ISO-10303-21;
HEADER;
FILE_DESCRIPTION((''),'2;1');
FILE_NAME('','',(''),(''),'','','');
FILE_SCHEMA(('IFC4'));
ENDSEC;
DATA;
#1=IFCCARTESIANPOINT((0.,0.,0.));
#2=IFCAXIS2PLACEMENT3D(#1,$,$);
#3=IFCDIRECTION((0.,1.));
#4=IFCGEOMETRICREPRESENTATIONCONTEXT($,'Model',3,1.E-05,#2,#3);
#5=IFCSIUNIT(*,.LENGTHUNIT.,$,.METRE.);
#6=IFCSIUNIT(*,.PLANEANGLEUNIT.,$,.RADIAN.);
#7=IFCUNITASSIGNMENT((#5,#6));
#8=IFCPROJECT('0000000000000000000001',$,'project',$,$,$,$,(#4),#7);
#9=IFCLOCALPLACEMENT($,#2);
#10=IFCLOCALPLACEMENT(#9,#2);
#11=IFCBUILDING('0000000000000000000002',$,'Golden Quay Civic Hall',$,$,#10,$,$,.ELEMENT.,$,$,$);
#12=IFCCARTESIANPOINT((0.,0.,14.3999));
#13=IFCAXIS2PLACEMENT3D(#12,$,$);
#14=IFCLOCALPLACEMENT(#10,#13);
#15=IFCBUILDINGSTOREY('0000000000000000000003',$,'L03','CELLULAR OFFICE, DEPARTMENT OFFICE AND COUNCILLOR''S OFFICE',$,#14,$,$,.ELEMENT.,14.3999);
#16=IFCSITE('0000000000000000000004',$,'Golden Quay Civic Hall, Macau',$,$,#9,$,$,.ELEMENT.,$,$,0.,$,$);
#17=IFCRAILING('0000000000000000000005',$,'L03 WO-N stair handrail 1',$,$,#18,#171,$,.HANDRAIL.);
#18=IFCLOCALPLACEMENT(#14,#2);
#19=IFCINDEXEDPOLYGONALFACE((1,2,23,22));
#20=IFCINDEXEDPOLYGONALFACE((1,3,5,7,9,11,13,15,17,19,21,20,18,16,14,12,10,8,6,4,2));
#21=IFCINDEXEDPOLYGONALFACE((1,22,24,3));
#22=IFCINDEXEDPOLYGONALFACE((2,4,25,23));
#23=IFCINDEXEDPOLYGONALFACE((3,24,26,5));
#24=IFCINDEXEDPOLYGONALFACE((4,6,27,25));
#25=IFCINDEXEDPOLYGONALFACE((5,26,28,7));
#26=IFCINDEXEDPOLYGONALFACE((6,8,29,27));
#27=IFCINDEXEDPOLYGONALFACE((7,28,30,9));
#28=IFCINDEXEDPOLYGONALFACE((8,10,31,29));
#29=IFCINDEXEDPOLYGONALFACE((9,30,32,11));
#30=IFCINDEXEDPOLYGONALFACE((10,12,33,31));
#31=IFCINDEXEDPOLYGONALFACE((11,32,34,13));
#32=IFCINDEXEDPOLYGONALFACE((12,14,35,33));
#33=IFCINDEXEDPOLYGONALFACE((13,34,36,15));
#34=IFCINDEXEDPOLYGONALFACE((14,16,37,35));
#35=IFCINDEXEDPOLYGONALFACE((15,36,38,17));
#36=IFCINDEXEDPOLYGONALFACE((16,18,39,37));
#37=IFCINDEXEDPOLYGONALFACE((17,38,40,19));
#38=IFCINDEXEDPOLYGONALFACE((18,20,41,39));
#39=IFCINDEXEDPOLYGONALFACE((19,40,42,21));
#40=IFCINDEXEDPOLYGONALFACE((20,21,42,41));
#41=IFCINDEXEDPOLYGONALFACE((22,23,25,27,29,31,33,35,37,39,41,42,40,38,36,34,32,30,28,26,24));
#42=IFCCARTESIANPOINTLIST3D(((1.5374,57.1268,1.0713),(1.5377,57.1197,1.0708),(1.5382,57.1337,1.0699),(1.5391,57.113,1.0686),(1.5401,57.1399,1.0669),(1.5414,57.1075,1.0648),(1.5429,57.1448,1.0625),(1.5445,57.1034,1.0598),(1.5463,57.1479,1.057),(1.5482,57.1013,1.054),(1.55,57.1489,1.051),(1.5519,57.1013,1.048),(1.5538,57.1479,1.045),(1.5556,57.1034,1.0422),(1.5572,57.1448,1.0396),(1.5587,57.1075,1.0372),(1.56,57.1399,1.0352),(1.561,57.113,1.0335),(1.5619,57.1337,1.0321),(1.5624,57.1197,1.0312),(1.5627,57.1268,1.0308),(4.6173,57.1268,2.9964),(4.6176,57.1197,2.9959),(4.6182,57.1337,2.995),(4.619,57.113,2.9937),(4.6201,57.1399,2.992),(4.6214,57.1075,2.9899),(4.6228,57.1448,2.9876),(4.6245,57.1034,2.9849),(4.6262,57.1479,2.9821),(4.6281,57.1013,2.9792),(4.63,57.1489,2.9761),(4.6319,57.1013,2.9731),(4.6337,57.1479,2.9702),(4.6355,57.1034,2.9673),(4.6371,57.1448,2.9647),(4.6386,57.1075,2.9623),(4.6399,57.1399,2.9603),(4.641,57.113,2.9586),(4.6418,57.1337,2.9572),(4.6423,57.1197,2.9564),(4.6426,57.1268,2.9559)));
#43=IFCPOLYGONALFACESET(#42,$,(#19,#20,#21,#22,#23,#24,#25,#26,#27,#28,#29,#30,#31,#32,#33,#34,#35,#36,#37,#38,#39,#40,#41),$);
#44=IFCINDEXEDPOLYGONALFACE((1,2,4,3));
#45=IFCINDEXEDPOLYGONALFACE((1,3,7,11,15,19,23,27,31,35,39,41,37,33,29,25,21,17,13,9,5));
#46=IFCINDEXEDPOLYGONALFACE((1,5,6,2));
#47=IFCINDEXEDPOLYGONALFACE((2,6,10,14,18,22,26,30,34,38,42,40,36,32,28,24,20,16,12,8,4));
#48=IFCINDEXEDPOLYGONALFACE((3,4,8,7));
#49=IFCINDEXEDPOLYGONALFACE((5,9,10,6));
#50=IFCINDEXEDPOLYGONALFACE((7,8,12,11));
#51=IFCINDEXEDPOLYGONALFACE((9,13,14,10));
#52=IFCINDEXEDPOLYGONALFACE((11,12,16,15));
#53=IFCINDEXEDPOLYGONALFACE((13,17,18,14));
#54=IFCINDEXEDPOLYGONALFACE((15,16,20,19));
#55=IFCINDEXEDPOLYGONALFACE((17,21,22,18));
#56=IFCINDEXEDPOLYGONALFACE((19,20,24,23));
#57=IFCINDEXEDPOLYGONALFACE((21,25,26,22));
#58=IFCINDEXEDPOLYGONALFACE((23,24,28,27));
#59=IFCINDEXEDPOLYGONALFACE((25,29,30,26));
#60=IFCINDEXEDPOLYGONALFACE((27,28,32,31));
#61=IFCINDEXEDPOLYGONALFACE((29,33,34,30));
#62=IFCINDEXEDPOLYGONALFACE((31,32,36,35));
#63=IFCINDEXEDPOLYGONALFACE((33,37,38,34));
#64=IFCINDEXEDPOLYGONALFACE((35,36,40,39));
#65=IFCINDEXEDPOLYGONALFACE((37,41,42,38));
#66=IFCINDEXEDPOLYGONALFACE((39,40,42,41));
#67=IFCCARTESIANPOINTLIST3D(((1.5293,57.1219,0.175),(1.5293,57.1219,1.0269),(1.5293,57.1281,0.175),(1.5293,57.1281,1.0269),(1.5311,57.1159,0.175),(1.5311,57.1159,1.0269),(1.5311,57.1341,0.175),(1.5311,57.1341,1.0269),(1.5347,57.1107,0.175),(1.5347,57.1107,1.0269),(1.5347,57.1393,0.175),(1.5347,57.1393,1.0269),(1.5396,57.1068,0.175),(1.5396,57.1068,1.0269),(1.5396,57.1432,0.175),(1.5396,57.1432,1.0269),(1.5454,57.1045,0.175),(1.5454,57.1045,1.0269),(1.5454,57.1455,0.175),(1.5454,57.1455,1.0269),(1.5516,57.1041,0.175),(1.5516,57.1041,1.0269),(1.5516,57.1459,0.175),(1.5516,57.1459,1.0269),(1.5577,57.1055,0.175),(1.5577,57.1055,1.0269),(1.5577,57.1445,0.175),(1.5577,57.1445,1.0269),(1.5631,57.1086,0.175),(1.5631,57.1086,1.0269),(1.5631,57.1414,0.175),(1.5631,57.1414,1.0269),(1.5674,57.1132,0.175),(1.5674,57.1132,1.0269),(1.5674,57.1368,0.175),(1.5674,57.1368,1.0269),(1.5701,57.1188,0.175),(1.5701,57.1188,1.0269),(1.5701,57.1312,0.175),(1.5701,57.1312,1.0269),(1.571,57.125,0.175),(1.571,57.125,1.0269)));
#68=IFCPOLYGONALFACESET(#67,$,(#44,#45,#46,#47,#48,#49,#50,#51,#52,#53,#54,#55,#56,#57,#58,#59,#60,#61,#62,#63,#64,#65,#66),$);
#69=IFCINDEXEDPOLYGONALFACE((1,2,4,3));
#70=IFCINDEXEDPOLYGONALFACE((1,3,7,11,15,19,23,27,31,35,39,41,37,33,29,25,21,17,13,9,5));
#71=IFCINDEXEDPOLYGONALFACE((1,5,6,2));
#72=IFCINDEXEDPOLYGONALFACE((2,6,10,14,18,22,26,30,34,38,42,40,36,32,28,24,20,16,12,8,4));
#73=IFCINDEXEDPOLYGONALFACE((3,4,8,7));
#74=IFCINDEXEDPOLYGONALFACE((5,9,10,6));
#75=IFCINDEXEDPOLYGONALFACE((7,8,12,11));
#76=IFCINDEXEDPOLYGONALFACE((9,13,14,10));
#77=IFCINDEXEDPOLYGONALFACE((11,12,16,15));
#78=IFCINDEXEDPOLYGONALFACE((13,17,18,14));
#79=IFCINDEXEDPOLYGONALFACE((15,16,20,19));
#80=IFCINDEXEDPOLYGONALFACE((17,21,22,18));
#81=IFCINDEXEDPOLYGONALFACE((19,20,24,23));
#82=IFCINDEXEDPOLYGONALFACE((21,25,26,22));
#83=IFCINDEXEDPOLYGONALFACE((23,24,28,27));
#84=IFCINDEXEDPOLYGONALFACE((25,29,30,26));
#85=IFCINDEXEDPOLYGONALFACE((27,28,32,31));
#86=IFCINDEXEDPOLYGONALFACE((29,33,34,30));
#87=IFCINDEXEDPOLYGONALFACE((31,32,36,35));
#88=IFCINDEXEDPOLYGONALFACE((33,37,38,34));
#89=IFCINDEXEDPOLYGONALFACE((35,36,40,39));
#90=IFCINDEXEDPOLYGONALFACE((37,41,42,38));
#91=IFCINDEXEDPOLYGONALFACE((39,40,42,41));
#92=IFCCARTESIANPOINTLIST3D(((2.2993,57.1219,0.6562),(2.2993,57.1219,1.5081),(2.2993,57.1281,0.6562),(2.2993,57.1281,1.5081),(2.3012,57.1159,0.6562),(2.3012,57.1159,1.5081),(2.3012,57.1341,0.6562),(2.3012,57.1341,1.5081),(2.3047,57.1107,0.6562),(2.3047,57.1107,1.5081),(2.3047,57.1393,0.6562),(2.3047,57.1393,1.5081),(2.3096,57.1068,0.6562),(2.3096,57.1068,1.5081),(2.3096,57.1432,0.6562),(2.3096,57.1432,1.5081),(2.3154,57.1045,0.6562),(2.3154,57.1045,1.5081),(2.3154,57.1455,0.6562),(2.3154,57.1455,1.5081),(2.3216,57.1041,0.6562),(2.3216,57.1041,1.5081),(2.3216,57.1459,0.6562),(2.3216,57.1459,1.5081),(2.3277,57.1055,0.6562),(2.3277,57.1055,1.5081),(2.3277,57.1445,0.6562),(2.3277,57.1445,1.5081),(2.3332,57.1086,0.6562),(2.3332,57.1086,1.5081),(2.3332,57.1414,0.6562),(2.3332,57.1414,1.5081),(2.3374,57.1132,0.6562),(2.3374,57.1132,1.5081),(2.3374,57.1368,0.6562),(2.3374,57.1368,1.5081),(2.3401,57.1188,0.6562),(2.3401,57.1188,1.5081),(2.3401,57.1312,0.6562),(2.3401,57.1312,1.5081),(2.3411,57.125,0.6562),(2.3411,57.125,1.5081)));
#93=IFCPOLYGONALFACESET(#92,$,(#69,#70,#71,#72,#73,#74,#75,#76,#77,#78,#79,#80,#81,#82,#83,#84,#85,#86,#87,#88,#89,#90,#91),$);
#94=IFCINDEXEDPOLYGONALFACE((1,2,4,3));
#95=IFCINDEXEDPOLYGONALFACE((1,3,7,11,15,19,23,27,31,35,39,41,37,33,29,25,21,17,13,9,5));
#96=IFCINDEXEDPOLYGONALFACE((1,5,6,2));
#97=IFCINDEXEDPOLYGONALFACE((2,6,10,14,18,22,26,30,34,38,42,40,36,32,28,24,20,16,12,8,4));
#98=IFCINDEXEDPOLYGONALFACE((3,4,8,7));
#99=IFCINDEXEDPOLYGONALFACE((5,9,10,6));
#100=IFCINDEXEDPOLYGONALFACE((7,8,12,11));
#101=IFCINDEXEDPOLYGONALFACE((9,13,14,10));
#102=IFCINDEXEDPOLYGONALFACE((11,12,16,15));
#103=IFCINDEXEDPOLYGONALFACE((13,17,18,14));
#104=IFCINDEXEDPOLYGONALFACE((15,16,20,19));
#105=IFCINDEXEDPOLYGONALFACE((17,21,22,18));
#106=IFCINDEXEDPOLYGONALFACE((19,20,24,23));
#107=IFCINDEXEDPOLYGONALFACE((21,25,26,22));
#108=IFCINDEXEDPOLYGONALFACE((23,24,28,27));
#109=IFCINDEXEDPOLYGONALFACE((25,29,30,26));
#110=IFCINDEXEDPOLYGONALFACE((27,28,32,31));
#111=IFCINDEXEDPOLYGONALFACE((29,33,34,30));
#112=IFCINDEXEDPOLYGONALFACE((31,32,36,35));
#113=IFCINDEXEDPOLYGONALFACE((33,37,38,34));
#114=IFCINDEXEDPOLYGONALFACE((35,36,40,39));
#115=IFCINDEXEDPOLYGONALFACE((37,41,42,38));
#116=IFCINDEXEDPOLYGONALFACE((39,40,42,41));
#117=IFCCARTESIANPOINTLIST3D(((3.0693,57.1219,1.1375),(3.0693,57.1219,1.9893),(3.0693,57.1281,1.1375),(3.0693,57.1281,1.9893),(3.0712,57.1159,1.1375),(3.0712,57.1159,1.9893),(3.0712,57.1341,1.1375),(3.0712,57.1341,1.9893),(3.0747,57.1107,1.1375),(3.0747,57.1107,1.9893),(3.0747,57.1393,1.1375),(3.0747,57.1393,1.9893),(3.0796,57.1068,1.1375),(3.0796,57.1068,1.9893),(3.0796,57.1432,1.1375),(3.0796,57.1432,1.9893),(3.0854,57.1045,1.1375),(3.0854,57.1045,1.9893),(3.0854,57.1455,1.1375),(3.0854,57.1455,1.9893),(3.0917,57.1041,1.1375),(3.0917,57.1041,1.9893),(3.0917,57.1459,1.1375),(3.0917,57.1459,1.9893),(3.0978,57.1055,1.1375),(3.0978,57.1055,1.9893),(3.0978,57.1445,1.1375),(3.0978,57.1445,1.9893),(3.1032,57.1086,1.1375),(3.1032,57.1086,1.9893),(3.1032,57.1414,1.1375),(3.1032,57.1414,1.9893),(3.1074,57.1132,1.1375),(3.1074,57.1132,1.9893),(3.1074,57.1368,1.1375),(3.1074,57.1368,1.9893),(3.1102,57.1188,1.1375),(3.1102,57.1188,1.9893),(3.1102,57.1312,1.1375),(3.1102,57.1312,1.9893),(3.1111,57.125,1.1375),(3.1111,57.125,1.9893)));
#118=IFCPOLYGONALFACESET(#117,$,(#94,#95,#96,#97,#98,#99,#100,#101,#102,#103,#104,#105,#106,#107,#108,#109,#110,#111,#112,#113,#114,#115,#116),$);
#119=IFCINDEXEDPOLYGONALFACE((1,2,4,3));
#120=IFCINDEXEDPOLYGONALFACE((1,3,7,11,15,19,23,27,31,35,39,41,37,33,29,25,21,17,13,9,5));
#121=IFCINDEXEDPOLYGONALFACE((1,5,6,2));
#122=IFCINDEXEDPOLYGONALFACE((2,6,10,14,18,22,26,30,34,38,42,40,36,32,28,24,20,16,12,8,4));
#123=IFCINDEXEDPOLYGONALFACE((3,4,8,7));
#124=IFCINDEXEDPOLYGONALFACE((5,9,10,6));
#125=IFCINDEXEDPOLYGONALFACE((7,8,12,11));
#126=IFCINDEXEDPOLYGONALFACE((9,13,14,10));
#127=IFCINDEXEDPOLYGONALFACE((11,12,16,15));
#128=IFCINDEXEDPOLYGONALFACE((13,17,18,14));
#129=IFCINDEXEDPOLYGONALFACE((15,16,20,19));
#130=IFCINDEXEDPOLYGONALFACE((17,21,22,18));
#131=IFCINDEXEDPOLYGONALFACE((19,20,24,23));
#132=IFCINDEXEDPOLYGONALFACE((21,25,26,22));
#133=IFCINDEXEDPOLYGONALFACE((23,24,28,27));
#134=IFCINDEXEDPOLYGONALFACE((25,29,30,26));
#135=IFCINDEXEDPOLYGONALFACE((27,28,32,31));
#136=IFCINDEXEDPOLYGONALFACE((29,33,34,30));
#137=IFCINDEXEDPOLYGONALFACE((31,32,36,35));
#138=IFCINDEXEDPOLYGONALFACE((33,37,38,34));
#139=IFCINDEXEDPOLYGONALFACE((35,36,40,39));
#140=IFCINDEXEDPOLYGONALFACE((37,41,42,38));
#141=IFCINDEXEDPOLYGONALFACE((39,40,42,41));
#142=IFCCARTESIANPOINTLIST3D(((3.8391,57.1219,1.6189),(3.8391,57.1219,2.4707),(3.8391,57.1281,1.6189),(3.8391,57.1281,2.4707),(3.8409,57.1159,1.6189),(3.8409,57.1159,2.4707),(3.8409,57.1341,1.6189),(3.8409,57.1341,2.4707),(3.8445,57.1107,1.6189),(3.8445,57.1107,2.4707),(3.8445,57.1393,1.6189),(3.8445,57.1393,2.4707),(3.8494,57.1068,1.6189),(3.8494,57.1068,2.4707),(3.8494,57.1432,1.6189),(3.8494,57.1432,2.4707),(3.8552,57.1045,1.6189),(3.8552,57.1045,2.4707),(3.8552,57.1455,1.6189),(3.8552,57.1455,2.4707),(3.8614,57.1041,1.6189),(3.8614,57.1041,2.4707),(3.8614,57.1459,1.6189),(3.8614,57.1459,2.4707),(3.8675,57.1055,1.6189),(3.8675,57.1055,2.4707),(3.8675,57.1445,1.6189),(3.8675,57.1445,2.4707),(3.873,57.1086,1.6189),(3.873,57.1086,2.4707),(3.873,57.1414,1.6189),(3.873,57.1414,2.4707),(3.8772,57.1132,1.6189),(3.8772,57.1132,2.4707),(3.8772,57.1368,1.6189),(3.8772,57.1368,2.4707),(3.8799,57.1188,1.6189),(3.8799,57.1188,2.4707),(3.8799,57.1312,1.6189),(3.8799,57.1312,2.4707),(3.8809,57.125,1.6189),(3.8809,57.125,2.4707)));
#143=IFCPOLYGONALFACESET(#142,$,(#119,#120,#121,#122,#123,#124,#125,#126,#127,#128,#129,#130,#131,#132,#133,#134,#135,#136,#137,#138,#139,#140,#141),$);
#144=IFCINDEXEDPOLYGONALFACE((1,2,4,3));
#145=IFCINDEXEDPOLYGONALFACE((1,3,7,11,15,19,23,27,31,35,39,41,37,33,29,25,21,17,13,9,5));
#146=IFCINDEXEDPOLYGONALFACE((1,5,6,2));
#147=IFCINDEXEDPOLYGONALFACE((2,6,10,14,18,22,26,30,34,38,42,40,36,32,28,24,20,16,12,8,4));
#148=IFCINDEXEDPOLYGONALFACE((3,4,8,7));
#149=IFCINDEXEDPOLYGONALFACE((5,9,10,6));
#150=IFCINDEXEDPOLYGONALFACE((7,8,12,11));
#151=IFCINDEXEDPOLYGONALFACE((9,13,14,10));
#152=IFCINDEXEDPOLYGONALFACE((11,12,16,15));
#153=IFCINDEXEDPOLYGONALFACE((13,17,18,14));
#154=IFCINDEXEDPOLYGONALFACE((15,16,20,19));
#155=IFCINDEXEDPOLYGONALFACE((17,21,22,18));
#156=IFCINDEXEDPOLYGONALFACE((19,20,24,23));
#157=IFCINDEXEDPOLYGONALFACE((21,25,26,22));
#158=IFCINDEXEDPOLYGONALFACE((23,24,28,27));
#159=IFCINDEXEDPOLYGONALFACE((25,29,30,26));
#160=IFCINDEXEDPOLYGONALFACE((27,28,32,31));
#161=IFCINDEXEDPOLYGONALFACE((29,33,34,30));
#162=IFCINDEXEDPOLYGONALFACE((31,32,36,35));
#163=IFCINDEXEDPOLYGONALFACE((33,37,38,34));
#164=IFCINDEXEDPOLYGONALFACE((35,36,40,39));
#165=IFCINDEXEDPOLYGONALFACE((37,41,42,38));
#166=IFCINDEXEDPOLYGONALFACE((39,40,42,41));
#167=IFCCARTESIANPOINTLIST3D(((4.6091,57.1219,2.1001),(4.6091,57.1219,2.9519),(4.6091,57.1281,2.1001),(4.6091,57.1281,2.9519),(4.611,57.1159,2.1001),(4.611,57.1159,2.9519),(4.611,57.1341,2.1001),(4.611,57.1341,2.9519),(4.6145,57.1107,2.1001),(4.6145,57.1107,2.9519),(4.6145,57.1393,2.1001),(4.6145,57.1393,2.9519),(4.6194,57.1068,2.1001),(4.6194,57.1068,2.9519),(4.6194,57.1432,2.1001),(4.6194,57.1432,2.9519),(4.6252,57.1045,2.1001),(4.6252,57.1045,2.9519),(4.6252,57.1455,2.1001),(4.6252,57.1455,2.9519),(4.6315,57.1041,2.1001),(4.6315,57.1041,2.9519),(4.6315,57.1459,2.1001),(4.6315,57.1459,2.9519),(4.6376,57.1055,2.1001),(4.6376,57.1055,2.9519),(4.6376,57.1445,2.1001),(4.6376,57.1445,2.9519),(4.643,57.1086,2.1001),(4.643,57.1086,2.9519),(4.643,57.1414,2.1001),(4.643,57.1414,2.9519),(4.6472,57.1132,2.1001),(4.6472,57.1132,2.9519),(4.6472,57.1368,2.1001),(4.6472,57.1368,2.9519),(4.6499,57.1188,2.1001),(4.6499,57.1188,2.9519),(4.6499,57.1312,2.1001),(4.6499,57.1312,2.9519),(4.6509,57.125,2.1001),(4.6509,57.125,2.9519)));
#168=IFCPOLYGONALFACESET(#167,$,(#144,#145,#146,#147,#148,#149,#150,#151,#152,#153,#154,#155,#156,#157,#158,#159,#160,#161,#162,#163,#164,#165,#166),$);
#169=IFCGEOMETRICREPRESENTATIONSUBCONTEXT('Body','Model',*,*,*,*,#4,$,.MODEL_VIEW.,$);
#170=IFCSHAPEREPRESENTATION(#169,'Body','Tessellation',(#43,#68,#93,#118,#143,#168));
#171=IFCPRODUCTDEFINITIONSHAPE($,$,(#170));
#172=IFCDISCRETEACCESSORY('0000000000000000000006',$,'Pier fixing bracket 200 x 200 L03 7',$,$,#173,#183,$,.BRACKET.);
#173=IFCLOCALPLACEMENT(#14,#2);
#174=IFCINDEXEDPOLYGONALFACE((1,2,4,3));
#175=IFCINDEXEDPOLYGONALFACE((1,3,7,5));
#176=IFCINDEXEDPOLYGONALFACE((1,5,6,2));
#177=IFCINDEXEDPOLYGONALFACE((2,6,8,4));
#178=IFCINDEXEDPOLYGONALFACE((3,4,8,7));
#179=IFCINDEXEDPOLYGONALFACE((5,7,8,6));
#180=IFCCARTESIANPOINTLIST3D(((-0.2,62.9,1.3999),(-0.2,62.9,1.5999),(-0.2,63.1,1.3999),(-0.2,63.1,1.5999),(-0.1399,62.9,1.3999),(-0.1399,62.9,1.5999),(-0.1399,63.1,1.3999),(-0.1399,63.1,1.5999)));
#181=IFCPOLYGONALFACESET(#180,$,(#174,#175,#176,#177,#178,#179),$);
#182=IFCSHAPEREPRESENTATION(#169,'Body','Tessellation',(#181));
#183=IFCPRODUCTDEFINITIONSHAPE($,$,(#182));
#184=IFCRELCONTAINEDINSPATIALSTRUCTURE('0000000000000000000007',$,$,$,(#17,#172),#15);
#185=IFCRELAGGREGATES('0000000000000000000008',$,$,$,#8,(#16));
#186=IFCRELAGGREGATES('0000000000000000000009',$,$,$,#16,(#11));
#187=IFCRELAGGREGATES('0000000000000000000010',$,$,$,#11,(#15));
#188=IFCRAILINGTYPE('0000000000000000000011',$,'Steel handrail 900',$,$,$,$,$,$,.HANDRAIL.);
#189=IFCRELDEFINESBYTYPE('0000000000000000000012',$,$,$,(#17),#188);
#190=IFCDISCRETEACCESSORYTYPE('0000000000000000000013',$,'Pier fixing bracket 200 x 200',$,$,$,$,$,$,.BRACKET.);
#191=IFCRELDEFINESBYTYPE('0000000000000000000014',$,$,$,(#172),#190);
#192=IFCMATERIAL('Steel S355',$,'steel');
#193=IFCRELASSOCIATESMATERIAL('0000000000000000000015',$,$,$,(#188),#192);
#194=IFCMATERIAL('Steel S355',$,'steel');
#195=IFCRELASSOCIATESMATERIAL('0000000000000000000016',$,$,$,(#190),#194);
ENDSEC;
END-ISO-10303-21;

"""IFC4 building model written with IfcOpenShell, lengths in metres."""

from ifc_helpers import new_model, si_unit, direction, frame, origin, origin_2d, place, context, subcontext, project, spatial, rectangle, circle, extrude, material, type_object, element, save


model = new_model("IFC4")

# Units and contexts
model_context = context("Model", 3, precision=1e-05, world=origin(), true_north=direction((0.0, 1.0)))
body_context = subcontext(model_context, "Body", "Model", "MODEL_VIEW")
ifc_project = project(units=[si_unit("LENGTHUNIT", "METRE"), si_unit("PLANEANGLEUNIT", "RADIAN")], contexts=[model_context])

# Site, building, storey
site_placement = place(None, origin())
site = spatial("IfcSite", under=ifc_project, at=site_placement, Name="Golden Quay Civic Hall, Macau", CompositionType="ELEMENT", RefElevation=0.0)
building_placement = place(site_placement, origin())
building = spatial("IfcBuilding", under=site, at=building_placement, Name="Golden Quay Civic Hall", CompositionType="ELEMENT")
storey_placement = place(building_placement, frame((0.0, 0.0, 14.3999)))
storey = spatial("IfcBuildingStorey", under=building, at=storey_placement, Name="L03", Description="CELLULAR OFFICE, DEPARTMENT OFFICE AND COUNCILLOR'S OFFICE", CompositionType="ELEMENT", Elevation=14.3999)

# Railing
ifc_material_1 = material(Name="Steel S355", Category="steel")
railing_type_1 = type_object("IfcRailingType", Name="Steel handrail 900", PredefinedType="HANDRAIL", material=ifc_material_1)
railing_1_placement = place(storey_placement, frame((1.55, 57.125, 0.175)))
element("IfcRailing", 1, at=railing_1_placement, inside=storey, type_object=railing_type_1, Name="L03 WO-N stair handrail 1", PredefinedType="HANDRAIL", context=body_context, shape_type="SweptSolid", body=[
    extrude(circle(Radius=0.0239, at=origin_2d()), frame((0.0, 0.0, 0.876), z_axis=(0.847979, 0.0, 0.530029), x_axis=(0.0, 1.0, 0.0)), (0.0, 0.0, 1.0), 3.6321),
    extrude(circle(Radius=0.021, at=origin_2d()), origin(), (0.0, 0.0, 1.0), 0.8518),
    extrude(circle(Radius=0.021, at=origin_2d()), frame((0.77, 0.0, 0.4812)), (0.0, 0.0, 1.0), 0.8518),
    extrude(circle(Radius=0.021, at=origin_2d()), frame((1.54, 0.0, 0.9624)), (0.0, 0.0, 1.0), 0.8518),
    extrude(circle(Radius=0.021, at=origin_2d()), frame((2.3098, 0.0, 1.4438)), (0.0, 0.0, 1.0), 0.8518),
    extrude(circle(Radius=0.021, at=origin_2d()), frame((3.0798, 0.0, 1.925)), (0.0, 0.0, 1.0), 0.8518),
])

# Discrete accessory
ifc_material_2 = material(Name="Steel S355", Category="steel")
discrete_accessory_type = type_object("IfcDiscreteAccessoryType", Name="Pier fixing bracket 200 x 200", PredefinedType="BRACKET", material=ifc_material_2)
discrete_accessory_placement = place(storey_placement, frame((-0.1699, 63.0, 1.3999), z_axis=(0.0, 0.0, 1.0), x_axis=(0.0, -1.0, 0.0)))
element("IfcDiscreteAccessory", 2, at=discrete_accessory_placement, inside=storey, type_object=discrete_accessory_type, Name="Pier fixing bracket 200 x 200 L03 7", PredefinedType="BRACKET", context=body_context, shape_type="SweptSolid", body=[
    extrude(rectangle(XDim=0.2, YDim=0.0601, at=origin_2d()), origin(), (0.0, 0.0, 1.0), 0.2),
])

save(model, "model.ifc")
